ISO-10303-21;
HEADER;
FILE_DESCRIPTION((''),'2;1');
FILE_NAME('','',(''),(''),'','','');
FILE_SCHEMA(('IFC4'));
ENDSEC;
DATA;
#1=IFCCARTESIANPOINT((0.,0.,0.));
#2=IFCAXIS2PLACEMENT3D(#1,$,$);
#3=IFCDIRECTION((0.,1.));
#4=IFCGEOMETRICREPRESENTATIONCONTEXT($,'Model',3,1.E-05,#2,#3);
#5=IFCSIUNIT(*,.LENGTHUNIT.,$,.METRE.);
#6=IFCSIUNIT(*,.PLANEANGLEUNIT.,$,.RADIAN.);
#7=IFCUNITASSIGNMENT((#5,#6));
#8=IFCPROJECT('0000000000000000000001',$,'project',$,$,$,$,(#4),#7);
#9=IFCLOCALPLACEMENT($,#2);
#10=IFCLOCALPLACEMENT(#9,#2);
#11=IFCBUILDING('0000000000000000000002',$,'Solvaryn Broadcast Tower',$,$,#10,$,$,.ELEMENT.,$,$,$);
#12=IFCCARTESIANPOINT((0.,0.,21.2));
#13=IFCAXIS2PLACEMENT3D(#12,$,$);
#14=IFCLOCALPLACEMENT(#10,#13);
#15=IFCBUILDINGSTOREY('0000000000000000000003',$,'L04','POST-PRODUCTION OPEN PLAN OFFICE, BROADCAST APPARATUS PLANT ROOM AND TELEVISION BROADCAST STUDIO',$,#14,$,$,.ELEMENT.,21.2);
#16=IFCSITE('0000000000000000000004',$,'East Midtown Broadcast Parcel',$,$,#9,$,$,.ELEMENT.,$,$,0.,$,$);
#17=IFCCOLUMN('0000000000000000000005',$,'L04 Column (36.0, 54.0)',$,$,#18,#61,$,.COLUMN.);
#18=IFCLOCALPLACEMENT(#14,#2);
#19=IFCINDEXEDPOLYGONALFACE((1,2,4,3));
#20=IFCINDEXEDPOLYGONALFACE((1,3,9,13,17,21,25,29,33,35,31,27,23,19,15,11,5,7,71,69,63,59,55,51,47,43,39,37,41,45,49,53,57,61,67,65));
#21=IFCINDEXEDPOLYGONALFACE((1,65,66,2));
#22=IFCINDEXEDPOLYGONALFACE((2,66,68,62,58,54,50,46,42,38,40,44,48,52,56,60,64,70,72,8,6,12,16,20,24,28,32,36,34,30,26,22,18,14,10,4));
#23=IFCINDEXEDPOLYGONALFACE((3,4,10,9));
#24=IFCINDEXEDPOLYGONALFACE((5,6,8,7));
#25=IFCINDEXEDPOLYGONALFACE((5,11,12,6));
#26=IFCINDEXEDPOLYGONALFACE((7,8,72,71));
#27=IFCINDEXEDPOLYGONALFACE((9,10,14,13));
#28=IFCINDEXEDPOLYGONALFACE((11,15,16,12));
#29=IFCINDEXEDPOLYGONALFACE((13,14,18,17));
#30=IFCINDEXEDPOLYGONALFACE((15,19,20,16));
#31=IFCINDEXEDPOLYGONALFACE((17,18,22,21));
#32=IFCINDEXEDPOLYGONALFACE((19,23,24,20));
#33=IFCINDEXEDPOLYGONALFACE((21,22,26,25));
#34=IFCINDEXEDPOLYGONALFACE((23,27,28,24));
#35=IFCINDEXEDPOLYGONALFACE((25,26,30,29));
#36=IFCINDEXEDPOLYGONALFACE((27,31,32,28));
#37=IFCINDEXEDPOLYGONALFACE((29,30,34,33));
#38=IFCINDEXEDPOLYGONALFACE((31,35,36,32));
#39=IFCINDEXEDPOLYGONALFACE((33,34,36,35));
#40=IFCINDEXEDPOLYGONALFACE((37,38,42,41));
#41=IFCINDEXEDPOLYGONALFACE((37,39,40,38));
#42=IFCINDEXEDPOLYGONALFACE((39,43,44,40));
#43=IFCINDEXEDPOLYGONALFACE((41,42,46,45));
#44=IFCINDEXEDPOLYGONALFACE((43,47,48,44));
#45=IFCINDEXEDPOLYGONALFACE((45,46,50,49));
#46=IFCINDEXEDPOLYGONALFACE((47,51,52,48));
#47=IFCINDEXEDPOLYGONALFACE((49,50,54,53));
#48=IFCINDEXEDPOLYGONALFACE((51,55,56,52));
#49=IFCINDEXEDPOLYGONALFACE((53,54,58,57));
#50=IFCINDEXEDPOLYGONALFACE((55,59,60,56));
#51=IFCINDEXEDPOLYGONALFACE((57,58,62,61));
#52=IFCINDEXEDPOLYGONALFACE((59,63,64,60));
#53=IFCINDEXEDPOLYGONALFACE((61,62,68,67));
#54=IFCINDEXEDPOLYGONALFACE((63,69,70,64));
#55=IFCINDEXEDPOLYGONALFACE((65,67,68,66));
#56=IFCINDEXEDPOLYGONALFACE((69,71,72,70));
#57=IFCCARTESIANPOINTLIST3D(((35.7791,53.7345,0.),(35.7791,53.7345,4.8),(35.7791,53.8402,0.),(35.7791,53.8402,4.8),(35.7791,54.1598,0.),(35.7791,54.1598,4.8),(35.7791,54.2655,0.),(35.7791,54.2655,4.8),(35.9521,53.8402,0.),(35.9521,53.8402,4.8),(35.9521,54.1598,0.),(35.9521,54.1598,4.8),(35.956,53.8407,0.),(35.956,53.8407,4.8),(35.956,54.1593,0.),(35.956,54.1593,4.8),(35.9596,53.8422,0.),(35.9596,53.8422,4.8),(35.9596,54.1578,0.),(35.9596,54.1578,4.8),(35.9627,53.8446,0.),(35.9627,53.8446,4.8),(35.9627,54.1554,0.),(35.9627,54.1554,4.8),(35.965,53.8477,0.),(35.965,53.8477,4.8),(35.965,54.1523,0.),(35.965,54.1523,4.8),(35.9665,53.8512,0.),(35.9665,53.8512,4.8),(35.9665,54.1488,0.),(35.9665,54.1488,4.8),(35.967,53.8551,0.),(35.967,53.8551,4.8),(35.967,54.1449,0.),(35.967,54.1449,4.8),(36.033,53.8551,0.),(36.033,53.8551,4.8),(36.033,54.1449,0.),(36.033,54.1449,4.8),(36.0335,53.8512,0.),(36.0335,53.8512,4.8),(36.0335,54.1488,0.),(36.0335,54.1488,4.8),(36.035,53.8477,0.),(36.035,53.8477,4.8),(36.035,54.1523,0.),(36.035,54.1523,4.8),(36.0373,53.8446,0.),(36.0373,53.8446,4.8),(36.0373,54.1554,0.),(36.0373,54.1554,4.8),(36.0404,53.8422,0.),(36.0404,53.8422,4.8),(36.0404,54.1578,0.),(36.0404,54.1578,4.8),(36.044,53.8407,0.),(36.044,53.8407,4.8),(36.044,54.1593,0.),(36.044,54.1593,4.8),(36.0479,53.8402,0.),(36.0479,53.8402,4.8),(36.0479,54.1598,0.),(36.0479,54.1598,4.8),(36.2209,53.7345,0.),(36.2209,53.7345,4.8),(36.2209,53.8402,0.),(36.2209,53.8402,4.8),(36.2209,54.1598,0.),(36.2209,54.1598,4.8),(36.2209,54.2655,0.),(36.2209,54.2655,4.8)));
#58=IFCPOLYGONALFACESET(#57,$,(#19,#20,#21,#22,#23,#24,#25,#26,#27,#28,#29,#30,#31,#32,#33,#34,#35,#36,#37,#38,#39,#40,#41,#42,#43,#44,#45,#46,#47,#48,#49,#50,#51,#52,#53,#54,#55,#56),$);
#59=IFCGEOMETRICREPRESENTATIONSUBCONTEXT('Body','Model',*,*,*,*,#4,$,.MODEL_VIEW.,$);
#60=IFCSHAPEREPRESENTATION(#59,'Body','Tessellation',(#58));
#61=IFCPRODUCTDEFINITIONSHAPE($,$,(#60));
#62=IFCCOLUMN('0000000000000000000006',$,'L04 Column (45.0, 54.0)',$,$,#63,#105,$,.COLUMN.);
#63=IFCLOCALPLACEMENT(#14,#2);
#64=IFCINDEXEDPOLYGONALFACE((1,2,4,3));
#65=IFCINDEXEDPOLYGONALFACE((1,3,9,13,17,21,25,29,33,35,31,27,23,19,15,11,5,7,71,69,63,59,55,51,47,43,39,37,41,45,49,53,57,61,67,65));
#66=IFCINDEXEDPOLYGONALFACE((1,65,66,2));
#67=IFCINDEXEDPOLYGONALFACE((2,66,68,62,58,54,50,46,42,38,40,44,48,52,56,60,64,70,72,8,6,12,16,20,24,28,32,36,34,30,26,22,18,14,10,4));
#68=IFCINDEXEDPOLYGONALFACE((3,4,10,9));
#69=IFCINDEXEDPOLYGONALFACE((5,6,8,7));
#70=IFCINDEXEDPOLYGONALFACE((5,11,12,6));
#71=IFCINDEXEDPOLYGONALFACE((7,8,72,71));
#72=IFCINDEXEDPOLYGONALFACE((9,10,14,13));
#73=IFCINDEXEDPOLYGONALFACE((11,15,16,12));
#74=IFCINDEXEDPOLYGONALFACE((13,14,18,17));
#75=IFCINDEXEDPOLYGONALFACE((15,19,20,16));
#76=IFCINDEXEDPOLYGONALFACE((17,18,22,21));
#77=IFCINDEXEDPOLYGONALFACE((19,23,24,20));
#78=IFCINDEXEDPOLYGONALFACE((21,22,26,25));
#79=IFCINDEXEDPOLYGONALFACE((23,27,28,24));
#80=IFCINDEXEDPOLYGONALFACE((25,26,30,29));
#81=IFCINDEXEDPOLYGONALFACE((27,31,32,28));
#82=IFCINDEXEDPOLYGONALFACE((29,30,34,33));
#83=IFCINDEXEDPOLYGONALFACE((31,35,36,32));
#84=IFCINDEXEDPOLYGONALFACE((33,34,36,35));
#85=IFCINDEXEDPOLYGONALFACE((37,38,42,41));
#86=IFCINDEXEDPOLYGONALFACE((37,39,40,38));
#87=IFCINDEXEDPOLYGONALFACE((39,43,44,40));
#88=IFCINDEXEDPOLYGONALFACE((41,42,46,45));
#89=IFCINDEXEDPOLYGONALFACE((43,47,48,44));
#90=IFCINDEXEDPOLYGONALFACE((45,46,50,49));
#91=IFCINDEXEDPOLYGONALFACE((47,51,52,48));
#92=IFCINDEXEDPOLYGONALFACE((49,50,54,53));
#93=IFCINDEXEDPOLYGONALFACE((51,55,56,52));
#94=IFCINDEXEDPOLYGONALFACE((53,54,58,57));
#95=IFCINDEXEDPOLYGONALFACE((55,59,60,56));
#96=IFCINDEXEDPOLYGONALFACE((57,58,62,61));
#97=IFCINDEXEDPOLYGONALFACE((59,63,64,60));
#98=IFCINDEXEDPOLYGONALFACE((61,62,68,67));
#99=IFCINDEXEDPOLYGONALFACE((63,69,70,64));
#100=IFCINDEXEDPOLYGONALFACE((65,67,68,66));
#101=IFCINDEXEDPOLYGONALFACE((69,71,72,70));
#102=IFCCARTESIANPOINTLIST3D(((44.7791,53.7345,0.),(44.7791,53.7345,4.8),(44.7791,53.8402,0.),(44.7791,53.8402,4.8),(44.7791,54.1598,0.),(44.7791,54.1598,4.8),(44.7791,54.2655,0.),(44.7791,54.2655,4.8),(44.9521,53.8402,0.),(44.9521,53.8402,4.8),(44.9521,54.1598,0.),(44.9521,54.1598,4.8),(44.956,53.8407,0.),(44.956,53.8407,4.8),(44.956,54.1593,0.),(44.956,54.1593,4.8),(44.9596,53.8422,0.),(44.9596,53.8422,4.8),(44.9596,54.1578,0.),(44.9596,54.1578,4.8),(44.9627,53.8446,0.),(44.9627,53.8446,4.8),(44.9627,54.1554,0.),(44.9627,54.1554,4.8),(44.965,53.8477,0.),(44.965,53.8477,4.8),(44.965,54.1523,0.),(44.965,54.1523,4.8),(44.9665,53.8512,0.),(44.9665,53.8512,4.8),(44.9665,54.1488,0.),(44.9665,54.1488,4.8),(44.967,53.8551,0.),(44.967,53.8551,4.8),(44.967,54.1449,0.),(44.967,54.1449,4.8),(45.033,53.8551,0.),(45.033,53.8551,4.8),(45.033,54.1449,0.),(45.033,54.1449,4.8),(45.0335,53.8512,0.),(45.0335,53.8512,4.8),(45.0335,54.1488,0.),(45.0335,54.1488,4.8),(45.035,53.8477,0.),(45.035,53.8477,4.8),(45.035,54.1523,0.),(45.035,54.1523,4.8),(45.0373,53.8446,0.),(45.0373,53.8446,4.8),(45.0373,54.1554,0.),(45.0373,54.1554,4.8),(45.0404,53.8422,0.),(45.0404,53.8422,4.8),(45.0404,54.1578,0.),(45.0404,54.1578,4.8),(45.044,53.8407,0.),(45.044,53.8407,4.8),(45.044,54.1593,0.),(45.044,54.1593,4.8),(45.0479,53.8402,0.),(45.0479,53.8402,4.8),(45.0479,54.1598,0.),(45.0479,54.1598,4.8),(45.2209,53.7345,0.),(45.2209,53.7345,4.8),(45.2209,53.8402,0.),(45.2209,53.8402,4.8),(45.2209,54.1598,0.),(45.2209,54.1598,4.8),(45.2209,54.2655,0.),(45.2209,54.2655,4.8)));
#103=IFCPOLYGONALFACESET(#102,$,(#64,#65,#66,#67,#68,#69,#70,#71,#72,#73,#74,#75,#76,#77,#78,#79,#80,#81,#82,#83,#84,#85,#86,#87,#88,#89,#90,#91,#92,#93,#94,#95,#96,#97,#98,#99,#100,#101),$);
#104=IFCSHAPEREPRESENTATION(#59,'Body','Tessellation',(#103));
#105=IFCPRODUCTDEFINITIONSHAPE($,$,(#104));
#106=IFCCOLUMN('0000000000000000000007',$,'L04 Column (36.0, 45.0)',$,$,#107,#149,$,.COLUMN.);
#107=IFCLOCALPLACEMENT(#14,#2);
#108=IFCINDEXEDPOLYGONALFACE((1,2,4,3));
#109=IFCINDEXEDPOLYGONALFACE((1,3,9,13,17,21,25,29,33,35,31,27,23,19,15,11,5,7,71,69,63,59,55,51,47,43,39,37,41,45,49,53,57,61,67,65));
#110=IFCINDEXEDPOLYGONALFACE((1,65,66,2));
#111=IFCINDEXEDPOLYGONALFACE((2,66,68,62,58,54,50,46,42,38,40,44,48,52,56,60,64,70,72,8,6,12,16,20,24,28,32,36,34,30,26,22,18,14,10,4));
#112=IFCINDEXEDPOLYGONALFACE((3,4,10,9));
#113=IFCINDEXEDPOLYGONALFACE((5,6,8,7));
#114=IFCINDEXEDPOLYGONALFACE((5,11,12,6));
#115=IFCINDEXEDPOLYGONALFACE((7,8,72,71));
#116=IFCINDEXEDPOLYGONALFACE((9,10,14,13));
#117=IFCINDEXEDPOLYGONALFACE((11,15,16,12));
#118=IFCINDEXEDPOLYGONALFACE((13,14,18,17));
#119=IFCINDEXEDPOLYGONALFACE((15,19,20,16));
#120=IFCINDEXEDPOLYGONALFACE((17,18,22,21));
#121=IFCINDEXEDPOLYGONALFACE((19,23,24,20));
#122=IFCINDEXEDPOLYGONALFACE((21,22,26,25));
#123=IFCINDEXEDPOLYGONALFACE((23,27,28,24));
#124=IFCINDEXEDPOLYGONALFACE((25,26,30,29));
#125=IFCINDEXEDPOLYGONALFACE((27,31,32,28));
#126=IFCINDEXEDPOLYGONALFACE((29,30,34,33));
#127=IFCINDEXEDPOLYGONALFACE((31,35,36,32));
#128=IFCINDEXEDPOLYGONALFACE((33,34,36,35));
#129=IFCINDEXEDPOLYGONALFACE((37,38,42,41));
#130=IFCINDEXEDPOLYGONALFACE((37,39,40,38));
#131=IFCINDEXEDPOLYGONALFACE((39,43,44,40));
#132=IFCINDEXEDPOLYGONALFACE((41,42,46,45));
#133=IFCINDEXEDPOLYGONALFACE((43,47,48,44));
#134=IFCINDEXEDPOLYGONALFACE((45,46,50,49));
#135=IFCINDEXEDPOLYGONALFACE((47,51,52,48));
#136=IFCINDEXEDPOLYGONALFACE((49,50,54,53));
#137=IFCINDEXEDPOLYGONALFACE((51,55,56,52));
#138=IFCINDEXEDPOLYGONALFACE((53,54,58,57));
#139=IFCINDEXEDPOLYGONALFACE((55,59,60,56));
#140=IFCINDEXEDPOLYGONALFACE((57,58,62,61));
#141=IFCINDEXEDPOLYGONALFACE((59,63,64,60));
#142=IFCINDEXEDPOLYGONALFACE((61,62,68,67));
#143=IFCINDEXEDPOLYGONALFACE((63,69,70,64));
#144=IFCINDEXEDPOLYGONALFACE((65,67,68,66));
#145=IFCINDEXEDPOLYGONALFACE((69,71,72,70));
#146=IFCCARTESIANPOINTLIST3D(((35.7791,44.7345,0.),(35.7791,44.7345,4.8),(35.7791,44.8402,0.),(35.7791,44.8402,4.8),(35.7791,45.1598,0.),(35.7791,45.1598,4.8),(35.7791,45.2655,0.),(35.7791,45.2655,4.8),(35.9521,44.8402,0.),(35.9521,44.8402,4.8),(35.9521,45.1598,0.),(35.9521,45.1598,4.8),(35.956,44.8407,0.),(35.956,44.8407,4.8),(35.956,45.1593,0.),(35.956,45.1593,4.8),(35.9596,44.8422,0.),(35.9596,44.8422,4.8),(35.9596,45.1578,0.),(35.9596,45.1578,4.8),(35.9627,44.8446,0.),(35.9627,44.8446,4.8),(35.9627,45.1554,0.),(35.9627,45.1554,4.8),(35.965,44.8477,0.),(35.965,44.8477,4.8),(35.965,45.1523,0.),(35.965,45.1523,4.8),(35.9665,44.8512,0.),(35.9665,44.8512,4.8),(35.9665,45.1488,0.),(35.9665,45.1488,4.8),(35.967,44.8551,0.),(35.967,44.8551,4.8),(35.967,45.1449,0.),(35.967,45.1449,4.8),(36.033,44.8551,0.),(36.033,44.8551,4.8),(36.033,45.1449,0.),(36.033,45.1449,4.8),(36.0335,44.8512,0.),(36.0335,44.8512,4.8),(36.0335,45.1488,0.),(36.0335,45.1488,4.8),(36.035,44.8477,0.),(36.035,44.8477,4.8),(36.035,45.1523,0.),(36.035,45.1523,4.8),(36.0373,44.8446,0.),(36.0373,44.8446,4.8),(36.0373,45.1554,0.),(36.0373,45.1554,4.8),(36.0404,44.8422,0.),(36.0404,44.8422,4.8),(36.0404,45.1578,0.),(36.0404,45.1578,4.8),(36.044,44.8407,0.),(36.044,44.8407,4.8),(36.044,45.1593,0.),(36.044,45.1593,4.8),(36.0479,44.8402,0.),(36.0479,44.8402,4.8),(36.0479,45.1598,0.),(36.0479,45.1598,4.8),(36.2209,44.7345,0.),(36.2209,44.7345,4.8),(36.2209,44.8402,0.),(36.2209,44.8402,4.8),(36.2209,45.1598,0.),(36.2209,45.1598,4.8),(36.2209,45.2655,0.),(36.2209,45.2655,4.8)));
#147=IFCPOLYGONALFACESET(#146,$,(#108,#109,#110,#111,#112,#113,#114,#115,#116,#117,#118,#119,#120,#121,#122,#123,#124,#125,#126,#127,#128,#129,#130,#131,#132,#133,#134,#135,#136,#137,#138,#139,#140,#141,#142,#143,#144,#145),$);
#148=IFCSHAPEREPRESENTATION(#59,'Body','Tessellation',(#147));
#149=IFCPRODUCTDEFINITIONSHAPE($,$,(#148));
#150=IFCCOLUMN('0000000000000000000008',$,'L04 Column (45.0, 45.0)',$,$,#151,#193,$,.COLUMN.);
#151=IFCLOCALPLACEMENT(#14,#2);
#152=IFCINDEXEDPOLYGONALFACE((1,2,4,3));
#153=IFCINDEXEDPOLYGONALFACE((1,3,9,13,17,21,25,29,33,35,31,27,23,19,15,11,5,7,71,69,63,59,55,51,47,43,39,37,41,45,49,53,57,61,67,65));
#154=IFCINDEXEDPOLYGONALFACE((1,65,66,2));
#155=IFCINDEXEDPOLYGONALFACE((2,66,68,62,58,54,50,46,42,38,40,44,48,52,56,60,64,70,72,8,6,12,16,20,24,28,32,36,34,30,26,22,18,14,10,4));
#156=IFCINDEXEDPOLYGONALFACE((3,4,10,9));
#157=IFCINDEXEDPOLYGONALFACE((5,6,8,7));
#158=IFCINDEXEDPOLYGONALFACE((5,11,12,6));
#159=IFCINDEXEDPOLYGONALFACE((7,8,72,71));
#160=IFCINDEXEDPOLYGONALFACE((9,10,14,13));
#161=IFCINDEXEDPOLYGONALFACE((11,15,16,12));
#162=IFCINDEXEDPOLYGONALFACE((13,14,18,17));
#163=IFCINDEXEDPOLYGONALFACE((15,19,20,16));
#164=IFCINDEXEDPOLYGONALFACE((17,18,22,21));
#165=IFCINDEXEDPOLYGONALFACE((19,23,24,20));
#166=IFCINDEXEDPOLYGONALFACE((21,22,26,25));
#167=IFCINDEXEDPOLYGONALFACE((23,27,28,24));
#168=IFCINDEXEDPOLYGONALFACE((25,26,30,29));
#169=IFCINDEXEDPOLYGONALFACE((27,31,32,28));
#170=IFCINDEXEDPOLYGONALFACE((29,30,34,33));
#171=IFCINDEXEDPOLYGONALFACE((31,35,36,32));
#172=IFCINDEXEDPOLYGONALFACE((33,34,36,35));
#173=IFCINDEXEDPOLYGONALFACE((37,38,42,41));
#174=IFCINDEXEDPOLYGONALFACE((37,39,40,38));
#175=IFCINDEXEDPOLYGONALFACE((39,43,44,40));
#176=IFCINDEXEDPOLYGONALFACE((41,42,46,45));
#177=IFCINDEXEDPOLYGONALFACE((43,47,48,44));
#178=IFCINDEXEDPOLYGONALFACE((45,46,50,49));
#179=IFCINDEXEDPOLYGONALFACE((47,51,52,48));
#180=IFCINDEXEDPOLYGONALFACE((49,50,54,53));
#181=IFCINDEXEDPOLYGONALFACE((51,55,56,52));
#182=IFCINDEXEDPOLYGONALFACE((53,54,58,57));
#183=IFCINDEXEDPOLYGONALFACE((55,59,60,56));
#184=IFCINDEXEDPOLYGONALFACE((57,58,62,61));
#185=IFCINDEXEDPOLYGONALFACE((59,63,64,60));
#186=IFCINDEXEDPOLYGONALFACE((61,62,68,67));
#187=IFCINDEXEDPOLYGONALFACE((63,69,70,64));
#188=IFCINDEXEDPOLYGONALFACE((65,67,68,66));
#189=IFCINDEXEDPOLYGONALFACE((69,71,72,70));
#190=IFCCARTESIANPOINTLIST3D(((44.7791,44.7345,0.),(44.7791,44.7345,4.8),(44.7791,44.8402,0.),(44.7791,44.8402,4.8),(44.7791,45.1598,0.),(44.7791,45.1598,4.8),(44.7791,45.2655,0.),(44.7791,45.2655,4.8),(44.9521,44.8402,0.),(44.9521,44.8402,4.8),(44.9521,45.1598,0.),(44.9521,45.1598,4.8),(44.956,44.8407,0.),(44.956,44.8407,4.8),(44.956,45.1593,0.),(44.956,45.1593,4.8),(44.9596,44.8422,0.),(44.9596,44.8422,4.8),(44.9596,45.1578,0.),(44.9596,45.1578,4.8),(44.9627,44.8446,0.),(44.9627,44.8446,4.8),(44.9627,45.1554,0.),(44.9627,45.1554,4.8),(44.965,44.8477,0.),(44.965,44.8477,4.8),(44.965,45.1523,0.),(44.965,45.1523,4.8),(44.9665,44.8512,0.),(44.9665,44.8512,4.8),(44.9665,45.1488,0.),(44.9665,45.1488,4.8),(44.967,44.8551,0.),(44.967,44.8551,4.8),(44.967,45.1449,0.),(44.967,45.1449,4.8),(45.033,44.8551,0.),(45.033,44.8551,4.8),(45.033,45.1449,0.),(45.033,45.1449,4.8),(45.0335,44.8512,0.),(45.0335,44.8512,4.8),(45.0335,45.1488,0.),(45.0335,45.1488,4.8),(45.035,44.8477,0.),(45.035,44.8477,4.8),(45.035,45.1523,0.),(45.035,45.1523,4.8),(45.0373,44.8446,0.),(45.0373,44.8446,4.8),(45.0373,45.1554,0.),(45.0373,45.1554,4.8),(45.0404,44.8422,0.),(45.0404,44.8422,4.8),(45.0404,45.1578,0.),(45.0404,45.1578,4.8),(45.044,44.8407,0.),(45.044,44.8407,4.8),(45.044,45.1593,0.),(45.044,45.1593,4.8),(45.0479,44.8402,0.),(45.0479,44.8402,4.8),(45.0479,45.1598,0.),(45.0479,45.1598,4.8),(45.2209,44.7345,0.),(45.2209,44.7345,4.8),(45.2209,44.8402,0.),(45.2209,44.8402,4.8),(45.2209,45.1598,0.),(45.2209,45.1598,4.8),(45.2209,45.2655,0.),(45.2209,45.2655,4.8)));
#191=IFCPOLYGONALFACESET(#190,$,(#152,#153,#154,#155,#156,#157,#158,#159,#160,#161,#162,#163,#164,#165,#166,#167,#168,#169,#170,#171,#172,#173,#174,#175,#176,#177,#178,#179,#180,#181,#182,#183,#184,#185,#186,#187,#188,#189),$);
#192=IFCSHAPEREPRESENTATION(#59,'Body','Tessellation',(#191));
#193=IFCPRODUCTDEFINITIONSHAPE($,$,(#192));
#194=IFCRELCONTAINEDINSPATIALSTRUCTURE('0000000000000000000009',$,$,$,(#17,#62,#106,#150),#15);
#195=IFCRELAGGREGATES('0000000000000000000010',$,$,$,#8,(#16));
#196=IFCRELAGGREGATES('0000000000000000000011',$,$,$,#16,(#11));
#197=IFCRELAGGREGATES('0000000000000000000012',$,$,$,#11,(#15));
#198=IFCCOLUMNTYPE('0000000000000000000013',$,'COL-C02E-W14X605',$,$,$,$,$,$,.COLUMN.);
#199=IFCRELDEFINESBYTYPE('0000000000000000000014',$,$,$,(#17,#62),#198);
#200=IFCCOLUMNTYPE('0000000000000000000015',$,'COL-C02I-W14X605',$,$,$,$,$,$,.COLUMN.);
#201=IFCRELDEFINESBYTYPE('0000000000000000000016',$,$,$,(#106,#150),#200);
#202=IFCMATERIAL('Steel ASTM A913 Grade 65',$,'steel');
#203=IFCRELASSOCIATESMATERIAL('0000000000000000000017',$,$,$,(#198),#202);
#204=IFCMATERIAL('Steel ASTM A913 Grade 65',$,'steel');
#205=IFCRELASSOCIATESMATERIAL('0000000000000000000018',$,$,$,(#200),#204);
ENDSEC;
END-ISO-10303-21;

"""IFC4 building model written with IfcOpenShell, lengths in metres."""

from ifc_helpers import new_model, si_unit, direction, frame, origin, origin_2d, place, context, subcontext, project, spatial, i_section, extrude, material, material_profile, profile_set, type_object, element, save


model = new_model("IFC4")

# Units and contexts
model_context = context("Model", 3, precision=1e-05, world=origin(), true_north=direction((0.0, 1.0)))
body_context = subcontext(model_context, "Body", "Model", "MODEL_VIEW")
ifc_project = project(units=[si_unit("LENGTHUNIT", "METRE"), si_unit("PLANEANGLEUNIT", "RADIAN")], contexts=[model_context])

# Site, building, storey
site_placement = place(None, origin())
site = spatial("IfcSite", under=ifc_project, at=site_placement, Name="East Midtown Broadcast Parcel", CompositionType="ELEMENT", RefElevation=0.0)
building_placement = place(site_placement, origin())
building = spatial("IfcBuilding", under=site, at=building_placement, Name="Solvaryn Broadcast Tower", CompositionType="ELEMENT")
storey_placement = place(building_placement, frame((0.0, 0.0, 21.2)))
storey = spatial("IfcBuildingStorey", under=building, at=storey_placement, Name="L04", Description="POST-PRODUCTION OPEN PLAN OFFICE, BROADCAST APPARATUS PLANT ROOM AND TELEVISION BROADCAST STUDIO", CompositionType="ELEMENT", Elevation=21.2)

# Columns
ifc_material_1 = material(Name="Steel ASTM A913 Grade 65", Category="steel")
ifc_material_profile_1 = material_profile(ifc_material_1, i_section(OverallWidth=0.4419, OverallDepth=0.531, WebThickness=0.0659, FlangeThickness=0.1057, FilletRadius=0.0149, at=origin_2d()))
ifc_profile_set_1 = profile_set([ifc_material_profile_1], Name="Steel ASTM A913 Grade 65")
column_type_1 = type_object("IfcColumnType", Name="COL-C02E-W14X605", PredefinedType="COLUMN", material=ifc_profile_set_1)
for number, where, z_axis, x_axis, name in (
    (1, (36.0, 54.0, 0.0), (0.0, 0.0, 1.0), (1.0, 0.0, 0.0), "L04 Column (36.0, 54.0)"),
    (2, (45.0, 54.0, 0.0), (0.0, 0.0, 1.0), (1.0, 0.0, 0.0), "L04 Column (45.0, 54.0)"),
):
    element("IfcColumn", number, at=place(storey_placement, frame(where, z_axis=z_axis, x_axis=x_axis)), inside=storey, type_object=column_type_1, Name=name, PredefinedType="COLUMN", context=body_context, shape_type="SweptSolid", body=[
        extrude(i_section(OverallWidth=0.4419, OverallDepth=0.531, WebThickness=0.0659, FlangeThickness=0.1057, FilletRadius=0.0149, at=origin_2d()), origin(), (0.0, 0.0, 1.0), 4.8),
    ])
ifc_material_2 = material(Name="Steel ASTM A913 Grade 65", Category="steel")
ifc_material_profile_2 = material_profile(ifc_material_2, i_section(OverallWidth=0.4419, OverallDepth=0.531, WebThickness=0.0659, FlangeThickness=0.1057, FilletRadius=0.0149, at=origin_2d()))
ifc_profile_set_2 = profile_set([ifc_material_profile_2], Name="Steel ASTM A913 Grade 65")
column_type_2 = type_object("IfcColumnType", Name="COL-C02I-W14X605", PredefinedType="COLUMN", material=ifc_profile_set_2)
for number, where, z_axis, x_axis, name in (
    (3, (36.0, 45.0, 0.0), (0.0, 0.0, 1.0), (1.0, 0.0, 0.0), "L04 Column (36.0, 45.0)"),
    (4, (45.0, 45.0, 0.0), (0.0, 0.0, 1.0), (1.0, 0.0, 0.0), "L04 Column (45.0, 45.0)"),
):
    element("IfcColumn", number, at=place(storey_placement, frame(where, z_axis=z_axis, x_axis=x_axis)), inside=storey, type_object=column_type_2, Name=name, PredefinedType="COLUMN", context=body_context, shape_type="SweptSolid", body=[
        extrude(i_section(OverallWidth=0.4419, OverallDepth=0.531, WebThickness=0.0659, FlangeThickness=0.1057, FilletRadius=0.0149, at=origin_2d()), origin(), (0.0, 0.0, 1.0), 4.8),
    ])

save(model, "model.ifc")
